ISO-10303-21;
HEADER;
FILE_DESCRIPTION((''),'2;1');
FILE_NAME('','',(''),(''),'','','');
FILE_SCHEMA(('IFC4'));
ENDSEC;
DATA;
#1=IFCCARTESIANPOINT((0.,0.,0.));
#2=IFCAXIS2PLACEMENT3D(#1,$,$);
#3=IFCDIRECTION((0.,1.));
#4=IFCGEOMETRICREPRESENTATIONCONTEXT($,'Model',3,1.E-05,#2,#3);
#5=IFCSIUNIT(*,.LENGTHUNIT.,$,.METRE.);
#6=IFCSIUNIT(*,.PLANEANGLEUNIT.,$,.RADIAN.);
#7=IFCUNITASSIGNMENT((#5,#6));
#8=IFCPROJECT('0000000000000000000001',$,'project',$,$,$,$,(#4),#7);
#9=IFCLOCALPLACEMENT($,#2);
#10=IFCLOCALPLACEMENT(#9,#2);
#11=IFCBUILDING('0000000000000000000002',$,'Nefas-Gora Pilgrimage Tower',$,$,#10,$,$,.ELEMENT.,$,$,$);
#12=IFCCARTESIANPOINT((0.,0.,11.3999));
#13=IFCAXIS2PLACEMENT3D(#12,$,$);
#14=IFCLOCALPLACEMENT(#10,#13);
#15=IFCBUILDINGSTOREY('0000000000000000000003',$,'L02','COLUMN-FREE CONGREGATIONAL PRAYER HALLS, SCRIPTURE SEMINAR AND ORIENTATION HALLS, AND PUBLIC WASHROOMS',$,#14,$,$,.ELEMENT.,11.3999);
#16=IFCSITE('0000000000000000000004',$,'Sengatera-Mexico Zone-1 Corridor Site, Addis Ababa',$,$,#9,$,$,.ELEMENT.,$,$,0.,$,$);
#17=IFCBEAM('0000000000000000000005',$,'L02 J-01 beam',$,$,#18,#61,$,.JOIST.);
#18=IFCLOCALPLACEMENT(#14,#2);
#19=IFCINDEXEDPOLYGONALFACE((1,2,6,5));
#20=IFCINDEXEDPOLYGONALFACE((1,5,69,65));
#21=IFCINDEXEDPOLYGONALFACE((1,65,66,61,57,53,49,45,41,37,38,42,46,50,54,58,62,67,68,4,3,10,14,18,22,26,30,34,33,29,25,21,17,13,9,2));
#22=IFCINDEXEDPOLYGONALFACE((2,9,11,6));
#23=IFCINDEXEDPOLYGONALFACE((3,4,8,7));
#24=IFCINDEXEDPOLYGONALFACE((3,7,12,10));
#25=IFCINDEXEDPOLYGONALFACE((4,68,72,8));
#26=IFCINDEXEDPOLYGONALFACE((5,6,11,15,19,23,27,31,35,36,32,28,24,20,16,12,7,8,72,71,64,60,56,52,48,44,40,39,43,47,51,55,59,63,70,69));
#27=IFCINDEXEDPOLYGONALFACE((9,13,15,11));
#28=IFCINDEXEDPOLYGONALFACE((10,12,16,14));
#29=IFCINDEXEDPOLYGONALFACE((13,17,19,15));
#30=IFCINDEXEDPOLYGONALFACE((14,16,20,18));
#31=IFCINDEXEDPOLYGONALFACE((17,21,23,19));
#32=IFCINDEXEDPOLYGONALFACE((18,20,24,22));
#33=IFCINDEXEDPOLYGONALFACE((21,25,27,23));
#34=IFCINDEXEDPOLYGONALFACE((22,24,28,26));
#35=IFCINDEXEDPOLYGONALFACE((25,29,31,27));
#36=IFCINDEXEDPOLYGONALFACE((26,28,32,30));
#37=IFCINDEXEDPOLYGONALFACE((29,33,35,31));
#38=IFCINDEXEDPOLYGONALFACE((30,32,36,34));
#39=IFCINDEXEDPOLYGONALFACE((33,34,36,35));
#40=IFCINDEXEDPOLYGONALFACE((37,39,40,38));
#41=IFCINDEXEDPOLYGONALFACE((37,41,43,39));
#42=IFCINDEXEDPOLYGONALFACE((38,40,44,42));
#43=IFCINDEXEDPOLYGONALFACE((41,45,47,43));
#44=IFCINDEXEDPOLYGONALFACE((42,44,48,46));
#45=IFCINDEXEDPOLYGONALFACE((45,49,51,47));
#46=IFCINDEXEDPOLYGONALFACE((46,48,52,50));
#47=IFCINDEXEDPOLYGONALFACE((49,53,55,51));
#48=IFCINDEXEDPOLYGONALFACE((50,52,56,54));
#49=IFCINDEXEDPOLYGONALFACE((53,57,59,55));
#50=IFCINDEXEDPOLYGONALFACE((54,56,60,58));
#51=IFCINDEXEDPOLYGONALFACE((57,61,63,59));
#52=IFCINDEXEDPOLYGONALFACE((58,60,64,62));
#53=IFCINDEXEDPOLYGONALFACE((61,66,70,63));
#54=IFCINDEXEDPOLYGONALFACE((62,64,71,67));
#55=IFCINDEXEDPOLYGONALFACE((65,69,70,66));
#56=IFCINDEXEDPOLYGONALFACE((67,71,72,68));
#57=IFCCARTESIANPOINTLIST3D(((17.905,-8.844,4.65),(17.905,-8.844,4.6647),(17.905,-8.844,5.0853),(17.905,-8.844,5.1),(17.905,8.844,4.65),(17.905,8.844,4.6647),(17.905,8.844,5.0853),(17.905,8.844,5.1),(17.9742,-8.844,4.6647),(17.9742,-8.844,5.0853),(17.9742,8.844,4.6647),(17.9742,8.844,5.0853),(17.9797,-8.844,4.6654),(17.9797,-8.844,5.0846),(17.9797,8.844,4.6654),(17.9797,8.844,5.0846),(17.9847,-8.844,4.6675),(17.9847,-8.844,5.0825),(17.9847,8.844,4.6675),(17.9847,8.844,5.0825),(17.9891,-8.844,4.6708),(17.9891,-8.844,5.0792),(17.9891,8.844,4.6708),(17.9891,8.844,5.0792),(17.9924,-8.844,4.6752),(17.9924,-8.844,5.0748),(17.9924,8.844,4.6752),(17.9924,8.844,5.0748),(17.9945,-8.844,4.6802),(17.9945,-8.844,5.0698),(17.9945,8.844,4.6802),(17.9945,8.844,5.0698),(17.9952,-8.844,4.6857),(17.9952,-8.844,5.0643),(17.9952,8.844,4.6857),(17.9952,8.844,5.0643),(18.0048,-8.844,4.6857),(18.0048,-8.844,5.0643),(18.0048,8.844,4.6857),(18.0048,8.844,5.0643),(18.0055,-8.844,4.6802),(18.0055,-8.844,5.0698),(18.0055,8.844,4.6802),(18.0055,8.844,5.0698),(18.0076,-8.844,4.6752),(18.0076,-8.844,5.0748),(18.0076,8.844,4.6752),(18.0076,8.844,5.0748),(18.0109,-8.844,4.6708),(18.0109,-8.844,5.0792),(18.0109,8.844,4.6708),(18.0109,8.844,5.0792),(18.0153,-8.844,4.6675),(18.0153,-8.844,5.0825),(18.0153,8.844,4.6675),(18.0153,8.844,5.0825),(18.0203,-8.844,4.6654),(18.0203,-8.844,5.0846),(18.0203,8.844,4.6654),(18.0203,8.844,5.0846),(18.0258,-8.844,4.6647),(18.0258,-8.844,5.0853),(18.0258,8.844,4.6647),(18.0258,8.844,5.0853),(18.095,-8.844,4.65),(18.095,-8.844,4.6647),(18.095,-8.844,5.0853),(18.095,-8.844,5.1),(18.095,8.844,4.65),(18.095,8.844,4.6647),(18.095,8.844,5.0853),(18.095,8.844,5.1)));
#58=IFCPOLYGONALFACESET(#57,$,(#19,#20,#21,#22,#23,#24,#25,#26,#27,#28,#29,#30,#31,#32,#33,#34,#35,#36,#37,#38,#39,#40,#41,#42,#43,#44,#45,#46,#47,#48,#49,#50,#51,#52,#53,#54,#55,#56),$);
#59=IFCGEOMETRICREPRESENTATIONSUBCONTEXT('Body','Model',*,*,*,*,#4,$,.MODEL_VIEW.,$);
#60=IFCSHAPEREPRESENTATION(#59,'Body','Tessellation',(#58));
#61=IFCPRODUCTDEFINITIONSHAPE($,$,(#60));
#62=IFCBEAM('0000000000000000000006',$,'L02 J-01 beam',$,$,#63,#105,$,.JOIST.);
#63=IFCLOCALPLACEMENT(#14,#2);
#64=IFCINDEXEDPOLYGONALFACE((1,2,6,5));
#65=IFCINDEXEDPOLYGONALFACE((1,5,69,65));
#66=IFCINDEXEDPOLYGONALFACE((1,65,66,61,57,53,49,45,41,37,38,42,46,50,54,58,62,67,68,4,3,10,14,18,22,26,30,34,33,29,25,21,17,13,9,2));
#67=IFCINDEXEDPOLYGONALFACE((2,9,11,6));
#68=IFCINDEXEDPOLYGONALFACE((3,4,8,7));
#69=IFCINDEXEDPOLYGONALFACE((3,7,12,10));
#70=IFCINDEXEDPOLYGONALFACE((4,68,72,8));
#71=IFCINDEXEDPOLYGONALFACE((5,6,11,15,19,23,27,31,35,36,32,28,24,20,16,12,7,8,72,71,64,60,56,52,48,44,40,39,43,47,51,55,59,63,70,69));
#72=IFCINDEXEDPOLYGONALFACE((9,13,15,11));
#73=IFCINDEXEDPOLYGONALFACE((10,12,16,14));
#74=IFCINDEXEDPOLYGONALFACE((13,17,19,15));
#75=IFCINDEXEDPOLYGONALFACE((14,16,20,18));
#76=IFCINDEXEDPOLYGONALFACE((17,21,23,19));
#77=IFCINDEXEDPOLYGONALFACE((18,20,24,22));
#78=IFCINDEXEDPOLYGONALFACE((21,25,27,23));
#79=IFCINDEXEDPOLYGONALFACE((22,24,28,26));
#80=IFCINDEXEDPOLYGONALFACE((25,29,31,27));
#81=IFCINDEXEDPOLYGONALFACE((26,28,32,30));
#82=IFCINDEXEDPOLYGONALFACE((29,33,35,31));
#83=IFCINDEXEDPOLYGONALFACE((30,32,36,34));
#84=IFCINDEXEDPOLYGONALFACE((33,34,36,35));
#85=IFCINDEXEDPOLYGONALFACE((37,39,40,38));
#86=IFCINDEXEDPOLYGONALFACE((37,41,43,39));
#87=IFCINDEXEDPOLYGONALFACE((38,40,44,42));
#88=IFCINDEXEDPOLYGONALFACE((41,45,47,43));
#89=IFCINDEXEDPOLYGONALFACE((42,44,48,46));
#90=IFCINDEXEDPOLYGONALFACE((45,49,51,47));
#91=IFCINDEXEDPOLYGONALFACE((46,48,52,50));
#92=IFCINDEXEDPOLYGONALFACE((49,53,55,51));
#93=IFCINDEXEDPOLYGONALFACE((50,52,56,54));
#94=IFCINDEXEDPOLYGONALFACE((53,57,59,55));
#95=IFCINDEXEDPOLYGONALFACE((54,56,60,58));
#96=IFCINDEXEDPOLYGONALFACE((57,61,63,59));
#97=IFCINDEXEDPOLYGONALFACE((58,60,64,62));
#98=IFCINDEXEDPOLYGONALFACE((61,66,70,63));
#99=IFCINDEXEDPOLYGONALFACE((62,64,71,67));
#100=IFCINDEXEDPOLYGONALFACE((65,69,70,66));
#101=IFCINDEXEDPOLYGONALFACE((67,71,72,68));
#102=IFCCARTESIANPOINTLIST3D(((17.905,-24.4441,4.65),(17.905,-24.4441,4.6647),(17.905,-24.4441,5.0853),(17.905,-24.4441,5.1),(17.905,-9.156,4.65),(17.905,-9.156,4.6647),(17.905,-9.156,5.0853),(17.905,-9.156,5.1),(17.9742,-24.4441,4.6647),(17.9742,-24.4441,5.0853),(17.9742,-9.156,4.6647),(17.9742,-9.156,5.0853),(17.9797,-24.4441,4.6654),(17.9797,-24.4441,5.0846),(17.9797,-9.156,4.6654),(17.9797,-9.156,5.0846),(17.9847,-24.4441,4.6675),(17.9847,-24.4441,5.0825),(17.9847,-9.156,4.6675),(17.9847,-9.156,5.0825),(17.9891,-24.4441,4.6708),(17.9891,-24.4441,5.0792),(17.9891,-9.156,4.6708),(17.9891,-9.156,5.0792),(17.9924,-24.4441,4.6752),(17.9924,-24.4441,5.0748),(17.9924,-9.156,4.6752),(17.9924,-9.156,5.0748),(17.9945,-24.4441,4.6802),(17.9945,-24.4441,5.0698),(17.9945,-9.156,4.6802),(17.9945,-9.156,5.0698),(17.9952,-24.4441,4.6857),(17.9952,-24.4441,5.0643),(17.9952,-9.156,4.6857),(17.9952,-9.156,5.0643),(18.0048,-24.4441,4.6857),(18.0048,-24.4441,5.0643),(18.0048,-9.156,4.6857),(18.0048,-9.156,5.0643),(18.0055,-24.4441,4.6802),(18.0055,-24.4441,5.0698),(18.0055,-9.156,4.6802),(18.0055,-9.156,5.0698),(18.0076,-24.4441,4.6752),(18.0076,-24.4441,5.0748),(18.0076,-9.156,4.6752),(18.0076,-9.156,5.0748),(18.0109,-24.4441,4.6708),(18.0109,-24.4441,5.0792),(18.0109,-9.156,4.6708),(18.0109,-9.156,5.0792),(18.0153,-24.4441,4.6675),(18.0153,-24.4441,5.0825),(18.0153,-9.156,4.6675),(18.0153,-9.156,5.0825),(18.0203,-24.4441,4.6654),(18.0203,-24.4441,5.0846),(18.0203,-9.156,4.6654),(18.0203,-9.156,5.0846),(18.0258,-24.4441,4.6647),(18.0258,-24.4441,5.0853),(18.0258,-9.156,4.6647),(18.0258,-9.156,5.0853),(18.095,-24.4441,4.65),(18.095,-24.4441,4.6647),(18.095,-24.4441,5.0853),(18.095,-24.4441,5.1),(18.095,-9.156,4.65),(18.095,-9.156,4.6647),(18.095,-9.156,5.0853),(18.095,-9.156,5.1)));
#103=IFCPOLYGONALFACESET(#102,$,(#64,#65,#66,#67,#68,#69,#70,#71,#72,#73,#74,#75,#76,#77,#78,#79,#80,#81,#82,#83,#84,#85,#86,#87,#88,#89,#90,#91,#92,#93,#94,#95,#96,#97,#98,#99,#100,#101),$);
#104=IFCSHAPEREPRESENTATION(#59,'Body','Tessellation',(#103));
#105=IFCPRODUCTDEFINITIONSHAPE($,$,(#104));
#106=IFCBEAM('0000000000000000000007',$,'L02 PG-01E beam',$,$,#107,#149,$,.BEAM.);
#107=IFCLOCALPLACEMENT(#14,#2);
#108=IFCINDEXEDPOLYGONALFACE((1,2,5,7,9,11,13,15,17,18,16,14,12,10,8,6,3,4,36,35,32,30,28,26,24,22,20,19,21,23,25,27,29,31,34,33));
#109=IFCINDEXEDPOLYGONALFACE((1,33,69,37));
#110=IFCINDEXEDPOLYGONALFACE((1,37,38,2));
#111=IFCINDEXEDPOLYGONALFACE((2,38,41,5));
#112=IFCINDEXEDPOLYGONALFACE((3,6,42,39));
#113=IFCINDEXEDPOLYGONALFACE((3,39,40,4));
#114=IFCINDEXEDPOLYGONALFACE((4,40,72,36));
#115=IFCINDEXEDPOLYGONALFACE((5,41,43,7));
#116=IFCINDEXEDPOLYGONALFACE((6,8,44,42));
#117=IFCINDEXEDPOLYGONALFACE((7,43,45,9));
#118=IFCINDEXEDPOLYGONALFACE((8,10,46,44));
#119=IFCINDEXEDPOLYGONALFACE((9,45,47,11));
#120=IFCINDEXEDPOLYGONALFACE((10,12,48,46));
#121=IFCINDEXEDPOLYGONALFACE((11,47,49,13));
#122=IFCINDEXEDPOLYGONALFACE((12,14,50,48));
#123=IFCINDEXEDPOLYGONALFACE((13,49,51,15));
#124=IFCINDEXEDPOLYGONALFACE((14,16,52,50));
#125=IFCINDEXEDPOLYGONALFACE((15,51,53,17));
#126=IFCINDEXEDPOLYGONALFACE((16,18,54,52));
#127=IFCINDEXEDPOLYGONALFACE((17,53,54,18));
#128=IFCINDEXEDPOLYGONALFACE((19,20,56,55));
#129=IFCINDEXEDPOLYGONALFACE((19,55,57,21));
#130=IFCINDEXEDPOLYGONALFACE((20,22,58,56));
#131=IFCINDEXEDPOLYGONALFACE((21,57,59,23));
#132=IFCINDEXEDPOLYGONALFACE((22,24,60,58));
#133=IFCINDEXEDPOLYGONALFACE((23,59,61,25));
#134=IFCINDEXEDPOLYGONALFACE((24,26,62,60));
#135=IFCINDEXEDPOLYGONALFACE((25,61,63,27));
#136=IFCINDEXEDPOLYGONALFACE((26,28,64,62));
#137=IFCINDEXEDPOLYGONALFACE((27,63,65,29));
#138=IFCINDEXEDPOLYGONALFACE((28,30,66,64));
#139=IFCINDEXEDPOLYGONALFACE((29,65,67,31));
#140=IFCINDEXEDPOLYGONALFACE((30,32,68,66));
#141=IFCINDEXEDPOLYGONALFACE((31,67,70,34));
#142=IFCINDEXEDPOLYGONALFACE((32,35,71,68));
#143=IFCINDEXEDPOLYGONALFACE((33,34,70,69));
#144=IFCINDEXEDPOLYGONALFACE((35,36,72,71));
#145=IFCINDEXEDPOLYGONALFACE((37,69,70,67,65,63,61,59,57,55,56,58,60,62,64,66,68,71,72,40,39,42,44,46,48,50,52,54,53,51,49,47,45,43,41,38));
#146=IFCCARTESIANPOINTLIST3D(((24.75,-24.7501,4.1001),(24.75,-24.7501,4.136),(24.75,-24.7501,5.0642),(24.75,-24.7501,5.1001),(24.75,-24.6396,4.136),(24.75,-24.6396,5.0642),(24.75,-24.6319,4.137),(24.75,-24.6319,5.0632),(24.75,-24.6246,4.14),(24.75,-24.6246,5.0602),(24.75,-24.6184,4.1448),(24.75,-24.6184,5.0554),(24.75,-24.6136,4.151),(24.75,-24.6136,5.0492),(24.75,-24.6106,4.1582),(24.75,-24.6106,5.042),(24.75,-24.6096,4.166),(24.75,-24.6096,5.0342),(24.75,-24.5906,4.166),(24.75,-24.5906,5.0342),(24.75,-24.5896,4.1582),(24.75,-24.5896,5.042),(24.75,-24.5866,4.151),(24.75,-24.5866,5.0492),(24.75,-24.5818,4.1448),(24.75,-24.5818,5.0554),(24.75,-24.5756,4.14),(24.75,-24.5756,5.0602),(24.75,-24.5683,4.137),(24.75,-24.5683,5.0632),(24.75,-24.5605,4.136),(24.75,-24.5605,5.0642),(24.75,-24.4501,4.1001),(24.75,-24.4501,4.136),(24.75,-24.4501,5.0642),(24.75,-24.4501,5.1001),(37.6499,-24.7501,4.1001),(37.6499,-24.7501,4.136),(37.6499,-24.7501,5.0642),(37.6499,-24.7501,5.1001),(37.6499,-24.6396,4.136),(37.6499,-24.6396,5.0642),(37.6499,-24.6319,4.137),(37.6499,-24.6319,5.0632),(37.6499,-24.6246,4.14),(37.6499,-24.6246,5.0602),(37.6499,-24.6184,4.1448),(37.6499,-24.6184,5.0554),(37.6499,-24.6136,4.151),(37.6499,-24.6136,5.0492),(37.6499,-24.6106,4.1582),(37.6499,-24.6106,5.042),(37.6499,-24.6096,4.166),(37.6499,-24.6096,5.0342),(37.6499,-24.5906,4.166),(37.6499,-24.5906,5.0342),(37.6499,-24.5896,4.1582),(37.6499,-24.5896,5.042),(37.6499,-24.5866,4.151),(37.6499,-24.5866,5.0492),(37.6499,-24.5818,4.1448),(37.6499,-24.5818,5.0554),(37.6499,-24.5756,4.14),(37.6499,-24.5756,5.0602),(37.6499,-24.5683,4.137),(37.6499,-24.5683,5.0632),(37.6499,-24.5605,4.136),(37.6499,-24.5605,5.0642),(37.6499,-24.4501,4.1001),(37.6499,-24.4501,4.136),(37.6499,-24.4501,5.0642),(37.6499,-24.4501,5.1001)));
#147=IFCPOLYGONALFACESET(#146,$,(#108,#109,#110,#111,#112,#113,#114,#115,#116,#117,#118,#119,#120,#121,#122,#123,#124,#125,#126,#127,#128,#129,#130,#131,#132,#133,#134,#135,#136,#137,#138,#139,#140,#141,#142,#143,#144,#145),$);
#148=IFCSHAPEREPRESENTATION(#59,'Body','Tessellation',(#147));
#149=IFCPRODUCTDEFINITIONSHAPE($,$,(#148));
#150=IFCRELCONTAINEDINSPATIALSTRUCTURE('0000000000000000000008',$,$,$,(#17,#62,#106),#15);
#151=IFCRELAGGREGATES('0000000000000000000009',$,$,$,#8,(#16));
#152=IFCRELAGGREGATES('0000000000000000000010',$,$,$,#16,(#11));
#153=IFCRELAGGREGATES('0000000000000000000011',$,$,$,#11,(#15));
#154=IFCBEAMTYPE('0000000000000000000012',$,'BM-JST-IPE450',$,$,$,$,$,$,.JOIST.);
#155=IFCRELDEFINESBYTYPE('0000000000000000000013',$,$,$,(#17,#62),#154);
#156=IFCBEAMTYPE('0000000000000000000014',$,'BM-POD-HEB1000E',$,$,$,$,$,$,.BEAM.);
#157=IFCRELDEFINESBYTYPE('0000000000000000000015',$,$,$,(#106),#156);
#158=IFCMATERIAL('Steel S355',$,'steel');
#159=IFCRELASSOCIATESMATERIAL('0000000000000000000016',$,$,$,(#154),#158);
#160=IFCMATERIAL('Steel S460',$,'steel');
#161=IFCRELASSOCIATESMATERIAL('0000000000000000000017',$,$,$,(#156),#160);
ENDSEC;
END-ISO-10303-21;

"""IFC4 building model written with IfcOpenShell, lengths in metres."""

from ifc_helpers import new_model, si_unit, direction, frame, origin, origin_2d, place, context, subcontext, project, spatial, i_section, extrude, source, transform, mapped, material, material_profile, profile_set, type_object, element, save


model = new_model("IFC4")

# Units and contexts
model_context = context("Model", 3, precision=1e-05, world=origin(), true_north=direction((0.0, 1.0)))
body_context = subcontext(model_context, "Body", "Model", "MODEL_VIEW")
ifc_project = project(units=[si_unit("LENGTHUNIT", "METRE"), si_unit("PLANEANGLEUNIT", "RADIAN")], contexts=[model_context])

# Site, building, storey
site_placement = place(None, origin())
site = spatial("IfcSite", under=ifc_project, at=site_placement, Name="Sengatera-Mexico Zone-1 Corridor Site, Addis Ababa", CompositionType="ELEMENT", RefElevation=0.0)
building_placement = place(site_placement, origin())
building = spatial("IfcBuilding", under=site, at=building_placement, Name="Nefas-Gora Pilgrimage Tower", CompositionType="ELEMENT")
storey_placement = place(building_placement, frame((0.0, 0.0, 11.3999)))
storey = spatial("IfcBuildingStorey", under=building, at=storey_placement, Name="L02", Description="COLUMN-FREE CONGREGATIONAL PRAYER HALLS, SCRIPTURE SEMINAR AND ORIENTATION HALLS, AND PUBLIC WASHROOMS", CompositionType="ELEMENT", Elevation=11.3999)

# Shared definitions
ifc_material_1 = material(Name="Steel S460", Category="steel")

# Beams
ifc_material_2 = material(Name="Steel S355", Category="steel")
ifc_material_profile_1 = material_profile(ifc_material_2, i_section(OverallWidth=0.1899, OverallDepth=0.45, WebThickness=0.0095, FlangeThickness=0.0146, FilletRadius=0.021, at=origin_2d()), Name="IPE 450")
ifc_profile_set_1 = profile_set([ifc_material_profile_1], Name="Steel S355")
beam_type_1 = type_object("IfcBeamType", Name="BM-JST-IPE450", PredefinedType="JOIST", material=ifc_profile_set_1)
shared_shape_1 = source(origin(), body_context, "Body", "SweptSolid", [
    extrude(i_section(OverallWidth=0.1899, OverallDepth=0.45, WebThickness=0.0095, FlangeThickness=0.0146, FilletRadius=0.021, at=origin_2d()), origin(), (0.0, 0.0, 1.0), 17.688),
])
beam_1_placement = place(storey_placement, frame((18.0, -8.844, 4.875), z_axis=(0.0, 1.0, 0.0), x_axis=(-1.0, 0.0, 0.0)))
element("IfcBeam", 1, at=beam_1_placement, inside=storey, type_object=beam_type_1, Name="L02 J-01 beam", PredefinedType="JOIST", context=body_context, shape_type="MappedRepresentation", body=[
    mapped(shared_shape_1, transform((0.0, 0.0, 0.0), x_axis=(1.0, 0.0, 0.0), y_axis=(0.0, 1.0, 0.0), z_axis=(0.0, 0.0, 1.0), scale=1.0)),
])
shared_shape_2 = source(origin(), body_context, "Body", "SweptSolid", [
    extrude(i_section(OverallWidth=0.1899, OverallDepth=0.45, WebThickness=0.0095, FlangeThickness=0.0146, FilletRadius=0.021, at=origin_2d()), origin(), (0.0, 0.0, 1.0), 15.2881),
])
beam_2_placement = place(storey_placement, frame((18.0, -24.4441, 4.875), z_axis=(0.0, 1.0, 0.0), x_axis=(-1.0, 0.0, 0.0)))
element("IfcBeam", 2, at=beam_2_placement, inside=storey, type_object=beam_type_1, Name="L02 J-01 beam", PredefinedType="JOIST", context=body_context, shape_type="MappedRepresentation", body=[
    mapped(shared_shape_2, transform((0.0, 0.0, 0.0), x_axis=(1.0, 0.0, 0.0), y_axis=(0.0, 1.0, 0.0), z_axis=(0.0, 0.0, 1.0), scale=1.0)),
])
ifc_material_profile_2 = material_profile(ifc_material_1, i_section(OverallWidth=0.3, OverallDepth=1.0, WebThickness=0.019, FlangeThickness=0.0359, FilletRadius=0.03, at=origin_2d()), Name="HEB 1000")
ifc_profile_set_2 = profile_set([ifc_material_profile_2], Name="Steel S460")
beam_type_2 = type_object("IfcBeamType", Name="BM-POD-HEB1000E", PredefinedType="BEAM", material=ifc_profile_set_2)
shared_shape_3 = source(origin(), body_context, "Body", "SweptSolid", [
    extrude(i_section(OverallWidth=0.3, OverallDepth=1.0, WebThickness=0.019, FlangeThickness=0.0359, FilletRadius=0.03, at=origin_2d()), origin(), (0.0, 0.0, 1.0), 12.8999),
])
beam_3_placement = place(storey_placement, frame((24.75, -24.6001, 4.6001), z_axis=(1.0, 0.0, 0.0), x_axis=(0.0, 1.0, 0.0)))
element("IfcBeam", 3, at=beam_3_placement, inside=storey, type_object=beam_type_2, Name="L02 PG-01E beam", PredefinedType="BEAM", context=body_context, shape_type="MappedRepresentation", body=[
    mapped(shared_shape_3, transform((0.0, 0.0, 0.0), x_axis=(1.0, 0.0, 0.0), y_axis=(0.0, 1.0, 0.0), z_axis=(0.0, 0.0, 1.0), scale=1.0)),
])

save(model, "model.ifc")
